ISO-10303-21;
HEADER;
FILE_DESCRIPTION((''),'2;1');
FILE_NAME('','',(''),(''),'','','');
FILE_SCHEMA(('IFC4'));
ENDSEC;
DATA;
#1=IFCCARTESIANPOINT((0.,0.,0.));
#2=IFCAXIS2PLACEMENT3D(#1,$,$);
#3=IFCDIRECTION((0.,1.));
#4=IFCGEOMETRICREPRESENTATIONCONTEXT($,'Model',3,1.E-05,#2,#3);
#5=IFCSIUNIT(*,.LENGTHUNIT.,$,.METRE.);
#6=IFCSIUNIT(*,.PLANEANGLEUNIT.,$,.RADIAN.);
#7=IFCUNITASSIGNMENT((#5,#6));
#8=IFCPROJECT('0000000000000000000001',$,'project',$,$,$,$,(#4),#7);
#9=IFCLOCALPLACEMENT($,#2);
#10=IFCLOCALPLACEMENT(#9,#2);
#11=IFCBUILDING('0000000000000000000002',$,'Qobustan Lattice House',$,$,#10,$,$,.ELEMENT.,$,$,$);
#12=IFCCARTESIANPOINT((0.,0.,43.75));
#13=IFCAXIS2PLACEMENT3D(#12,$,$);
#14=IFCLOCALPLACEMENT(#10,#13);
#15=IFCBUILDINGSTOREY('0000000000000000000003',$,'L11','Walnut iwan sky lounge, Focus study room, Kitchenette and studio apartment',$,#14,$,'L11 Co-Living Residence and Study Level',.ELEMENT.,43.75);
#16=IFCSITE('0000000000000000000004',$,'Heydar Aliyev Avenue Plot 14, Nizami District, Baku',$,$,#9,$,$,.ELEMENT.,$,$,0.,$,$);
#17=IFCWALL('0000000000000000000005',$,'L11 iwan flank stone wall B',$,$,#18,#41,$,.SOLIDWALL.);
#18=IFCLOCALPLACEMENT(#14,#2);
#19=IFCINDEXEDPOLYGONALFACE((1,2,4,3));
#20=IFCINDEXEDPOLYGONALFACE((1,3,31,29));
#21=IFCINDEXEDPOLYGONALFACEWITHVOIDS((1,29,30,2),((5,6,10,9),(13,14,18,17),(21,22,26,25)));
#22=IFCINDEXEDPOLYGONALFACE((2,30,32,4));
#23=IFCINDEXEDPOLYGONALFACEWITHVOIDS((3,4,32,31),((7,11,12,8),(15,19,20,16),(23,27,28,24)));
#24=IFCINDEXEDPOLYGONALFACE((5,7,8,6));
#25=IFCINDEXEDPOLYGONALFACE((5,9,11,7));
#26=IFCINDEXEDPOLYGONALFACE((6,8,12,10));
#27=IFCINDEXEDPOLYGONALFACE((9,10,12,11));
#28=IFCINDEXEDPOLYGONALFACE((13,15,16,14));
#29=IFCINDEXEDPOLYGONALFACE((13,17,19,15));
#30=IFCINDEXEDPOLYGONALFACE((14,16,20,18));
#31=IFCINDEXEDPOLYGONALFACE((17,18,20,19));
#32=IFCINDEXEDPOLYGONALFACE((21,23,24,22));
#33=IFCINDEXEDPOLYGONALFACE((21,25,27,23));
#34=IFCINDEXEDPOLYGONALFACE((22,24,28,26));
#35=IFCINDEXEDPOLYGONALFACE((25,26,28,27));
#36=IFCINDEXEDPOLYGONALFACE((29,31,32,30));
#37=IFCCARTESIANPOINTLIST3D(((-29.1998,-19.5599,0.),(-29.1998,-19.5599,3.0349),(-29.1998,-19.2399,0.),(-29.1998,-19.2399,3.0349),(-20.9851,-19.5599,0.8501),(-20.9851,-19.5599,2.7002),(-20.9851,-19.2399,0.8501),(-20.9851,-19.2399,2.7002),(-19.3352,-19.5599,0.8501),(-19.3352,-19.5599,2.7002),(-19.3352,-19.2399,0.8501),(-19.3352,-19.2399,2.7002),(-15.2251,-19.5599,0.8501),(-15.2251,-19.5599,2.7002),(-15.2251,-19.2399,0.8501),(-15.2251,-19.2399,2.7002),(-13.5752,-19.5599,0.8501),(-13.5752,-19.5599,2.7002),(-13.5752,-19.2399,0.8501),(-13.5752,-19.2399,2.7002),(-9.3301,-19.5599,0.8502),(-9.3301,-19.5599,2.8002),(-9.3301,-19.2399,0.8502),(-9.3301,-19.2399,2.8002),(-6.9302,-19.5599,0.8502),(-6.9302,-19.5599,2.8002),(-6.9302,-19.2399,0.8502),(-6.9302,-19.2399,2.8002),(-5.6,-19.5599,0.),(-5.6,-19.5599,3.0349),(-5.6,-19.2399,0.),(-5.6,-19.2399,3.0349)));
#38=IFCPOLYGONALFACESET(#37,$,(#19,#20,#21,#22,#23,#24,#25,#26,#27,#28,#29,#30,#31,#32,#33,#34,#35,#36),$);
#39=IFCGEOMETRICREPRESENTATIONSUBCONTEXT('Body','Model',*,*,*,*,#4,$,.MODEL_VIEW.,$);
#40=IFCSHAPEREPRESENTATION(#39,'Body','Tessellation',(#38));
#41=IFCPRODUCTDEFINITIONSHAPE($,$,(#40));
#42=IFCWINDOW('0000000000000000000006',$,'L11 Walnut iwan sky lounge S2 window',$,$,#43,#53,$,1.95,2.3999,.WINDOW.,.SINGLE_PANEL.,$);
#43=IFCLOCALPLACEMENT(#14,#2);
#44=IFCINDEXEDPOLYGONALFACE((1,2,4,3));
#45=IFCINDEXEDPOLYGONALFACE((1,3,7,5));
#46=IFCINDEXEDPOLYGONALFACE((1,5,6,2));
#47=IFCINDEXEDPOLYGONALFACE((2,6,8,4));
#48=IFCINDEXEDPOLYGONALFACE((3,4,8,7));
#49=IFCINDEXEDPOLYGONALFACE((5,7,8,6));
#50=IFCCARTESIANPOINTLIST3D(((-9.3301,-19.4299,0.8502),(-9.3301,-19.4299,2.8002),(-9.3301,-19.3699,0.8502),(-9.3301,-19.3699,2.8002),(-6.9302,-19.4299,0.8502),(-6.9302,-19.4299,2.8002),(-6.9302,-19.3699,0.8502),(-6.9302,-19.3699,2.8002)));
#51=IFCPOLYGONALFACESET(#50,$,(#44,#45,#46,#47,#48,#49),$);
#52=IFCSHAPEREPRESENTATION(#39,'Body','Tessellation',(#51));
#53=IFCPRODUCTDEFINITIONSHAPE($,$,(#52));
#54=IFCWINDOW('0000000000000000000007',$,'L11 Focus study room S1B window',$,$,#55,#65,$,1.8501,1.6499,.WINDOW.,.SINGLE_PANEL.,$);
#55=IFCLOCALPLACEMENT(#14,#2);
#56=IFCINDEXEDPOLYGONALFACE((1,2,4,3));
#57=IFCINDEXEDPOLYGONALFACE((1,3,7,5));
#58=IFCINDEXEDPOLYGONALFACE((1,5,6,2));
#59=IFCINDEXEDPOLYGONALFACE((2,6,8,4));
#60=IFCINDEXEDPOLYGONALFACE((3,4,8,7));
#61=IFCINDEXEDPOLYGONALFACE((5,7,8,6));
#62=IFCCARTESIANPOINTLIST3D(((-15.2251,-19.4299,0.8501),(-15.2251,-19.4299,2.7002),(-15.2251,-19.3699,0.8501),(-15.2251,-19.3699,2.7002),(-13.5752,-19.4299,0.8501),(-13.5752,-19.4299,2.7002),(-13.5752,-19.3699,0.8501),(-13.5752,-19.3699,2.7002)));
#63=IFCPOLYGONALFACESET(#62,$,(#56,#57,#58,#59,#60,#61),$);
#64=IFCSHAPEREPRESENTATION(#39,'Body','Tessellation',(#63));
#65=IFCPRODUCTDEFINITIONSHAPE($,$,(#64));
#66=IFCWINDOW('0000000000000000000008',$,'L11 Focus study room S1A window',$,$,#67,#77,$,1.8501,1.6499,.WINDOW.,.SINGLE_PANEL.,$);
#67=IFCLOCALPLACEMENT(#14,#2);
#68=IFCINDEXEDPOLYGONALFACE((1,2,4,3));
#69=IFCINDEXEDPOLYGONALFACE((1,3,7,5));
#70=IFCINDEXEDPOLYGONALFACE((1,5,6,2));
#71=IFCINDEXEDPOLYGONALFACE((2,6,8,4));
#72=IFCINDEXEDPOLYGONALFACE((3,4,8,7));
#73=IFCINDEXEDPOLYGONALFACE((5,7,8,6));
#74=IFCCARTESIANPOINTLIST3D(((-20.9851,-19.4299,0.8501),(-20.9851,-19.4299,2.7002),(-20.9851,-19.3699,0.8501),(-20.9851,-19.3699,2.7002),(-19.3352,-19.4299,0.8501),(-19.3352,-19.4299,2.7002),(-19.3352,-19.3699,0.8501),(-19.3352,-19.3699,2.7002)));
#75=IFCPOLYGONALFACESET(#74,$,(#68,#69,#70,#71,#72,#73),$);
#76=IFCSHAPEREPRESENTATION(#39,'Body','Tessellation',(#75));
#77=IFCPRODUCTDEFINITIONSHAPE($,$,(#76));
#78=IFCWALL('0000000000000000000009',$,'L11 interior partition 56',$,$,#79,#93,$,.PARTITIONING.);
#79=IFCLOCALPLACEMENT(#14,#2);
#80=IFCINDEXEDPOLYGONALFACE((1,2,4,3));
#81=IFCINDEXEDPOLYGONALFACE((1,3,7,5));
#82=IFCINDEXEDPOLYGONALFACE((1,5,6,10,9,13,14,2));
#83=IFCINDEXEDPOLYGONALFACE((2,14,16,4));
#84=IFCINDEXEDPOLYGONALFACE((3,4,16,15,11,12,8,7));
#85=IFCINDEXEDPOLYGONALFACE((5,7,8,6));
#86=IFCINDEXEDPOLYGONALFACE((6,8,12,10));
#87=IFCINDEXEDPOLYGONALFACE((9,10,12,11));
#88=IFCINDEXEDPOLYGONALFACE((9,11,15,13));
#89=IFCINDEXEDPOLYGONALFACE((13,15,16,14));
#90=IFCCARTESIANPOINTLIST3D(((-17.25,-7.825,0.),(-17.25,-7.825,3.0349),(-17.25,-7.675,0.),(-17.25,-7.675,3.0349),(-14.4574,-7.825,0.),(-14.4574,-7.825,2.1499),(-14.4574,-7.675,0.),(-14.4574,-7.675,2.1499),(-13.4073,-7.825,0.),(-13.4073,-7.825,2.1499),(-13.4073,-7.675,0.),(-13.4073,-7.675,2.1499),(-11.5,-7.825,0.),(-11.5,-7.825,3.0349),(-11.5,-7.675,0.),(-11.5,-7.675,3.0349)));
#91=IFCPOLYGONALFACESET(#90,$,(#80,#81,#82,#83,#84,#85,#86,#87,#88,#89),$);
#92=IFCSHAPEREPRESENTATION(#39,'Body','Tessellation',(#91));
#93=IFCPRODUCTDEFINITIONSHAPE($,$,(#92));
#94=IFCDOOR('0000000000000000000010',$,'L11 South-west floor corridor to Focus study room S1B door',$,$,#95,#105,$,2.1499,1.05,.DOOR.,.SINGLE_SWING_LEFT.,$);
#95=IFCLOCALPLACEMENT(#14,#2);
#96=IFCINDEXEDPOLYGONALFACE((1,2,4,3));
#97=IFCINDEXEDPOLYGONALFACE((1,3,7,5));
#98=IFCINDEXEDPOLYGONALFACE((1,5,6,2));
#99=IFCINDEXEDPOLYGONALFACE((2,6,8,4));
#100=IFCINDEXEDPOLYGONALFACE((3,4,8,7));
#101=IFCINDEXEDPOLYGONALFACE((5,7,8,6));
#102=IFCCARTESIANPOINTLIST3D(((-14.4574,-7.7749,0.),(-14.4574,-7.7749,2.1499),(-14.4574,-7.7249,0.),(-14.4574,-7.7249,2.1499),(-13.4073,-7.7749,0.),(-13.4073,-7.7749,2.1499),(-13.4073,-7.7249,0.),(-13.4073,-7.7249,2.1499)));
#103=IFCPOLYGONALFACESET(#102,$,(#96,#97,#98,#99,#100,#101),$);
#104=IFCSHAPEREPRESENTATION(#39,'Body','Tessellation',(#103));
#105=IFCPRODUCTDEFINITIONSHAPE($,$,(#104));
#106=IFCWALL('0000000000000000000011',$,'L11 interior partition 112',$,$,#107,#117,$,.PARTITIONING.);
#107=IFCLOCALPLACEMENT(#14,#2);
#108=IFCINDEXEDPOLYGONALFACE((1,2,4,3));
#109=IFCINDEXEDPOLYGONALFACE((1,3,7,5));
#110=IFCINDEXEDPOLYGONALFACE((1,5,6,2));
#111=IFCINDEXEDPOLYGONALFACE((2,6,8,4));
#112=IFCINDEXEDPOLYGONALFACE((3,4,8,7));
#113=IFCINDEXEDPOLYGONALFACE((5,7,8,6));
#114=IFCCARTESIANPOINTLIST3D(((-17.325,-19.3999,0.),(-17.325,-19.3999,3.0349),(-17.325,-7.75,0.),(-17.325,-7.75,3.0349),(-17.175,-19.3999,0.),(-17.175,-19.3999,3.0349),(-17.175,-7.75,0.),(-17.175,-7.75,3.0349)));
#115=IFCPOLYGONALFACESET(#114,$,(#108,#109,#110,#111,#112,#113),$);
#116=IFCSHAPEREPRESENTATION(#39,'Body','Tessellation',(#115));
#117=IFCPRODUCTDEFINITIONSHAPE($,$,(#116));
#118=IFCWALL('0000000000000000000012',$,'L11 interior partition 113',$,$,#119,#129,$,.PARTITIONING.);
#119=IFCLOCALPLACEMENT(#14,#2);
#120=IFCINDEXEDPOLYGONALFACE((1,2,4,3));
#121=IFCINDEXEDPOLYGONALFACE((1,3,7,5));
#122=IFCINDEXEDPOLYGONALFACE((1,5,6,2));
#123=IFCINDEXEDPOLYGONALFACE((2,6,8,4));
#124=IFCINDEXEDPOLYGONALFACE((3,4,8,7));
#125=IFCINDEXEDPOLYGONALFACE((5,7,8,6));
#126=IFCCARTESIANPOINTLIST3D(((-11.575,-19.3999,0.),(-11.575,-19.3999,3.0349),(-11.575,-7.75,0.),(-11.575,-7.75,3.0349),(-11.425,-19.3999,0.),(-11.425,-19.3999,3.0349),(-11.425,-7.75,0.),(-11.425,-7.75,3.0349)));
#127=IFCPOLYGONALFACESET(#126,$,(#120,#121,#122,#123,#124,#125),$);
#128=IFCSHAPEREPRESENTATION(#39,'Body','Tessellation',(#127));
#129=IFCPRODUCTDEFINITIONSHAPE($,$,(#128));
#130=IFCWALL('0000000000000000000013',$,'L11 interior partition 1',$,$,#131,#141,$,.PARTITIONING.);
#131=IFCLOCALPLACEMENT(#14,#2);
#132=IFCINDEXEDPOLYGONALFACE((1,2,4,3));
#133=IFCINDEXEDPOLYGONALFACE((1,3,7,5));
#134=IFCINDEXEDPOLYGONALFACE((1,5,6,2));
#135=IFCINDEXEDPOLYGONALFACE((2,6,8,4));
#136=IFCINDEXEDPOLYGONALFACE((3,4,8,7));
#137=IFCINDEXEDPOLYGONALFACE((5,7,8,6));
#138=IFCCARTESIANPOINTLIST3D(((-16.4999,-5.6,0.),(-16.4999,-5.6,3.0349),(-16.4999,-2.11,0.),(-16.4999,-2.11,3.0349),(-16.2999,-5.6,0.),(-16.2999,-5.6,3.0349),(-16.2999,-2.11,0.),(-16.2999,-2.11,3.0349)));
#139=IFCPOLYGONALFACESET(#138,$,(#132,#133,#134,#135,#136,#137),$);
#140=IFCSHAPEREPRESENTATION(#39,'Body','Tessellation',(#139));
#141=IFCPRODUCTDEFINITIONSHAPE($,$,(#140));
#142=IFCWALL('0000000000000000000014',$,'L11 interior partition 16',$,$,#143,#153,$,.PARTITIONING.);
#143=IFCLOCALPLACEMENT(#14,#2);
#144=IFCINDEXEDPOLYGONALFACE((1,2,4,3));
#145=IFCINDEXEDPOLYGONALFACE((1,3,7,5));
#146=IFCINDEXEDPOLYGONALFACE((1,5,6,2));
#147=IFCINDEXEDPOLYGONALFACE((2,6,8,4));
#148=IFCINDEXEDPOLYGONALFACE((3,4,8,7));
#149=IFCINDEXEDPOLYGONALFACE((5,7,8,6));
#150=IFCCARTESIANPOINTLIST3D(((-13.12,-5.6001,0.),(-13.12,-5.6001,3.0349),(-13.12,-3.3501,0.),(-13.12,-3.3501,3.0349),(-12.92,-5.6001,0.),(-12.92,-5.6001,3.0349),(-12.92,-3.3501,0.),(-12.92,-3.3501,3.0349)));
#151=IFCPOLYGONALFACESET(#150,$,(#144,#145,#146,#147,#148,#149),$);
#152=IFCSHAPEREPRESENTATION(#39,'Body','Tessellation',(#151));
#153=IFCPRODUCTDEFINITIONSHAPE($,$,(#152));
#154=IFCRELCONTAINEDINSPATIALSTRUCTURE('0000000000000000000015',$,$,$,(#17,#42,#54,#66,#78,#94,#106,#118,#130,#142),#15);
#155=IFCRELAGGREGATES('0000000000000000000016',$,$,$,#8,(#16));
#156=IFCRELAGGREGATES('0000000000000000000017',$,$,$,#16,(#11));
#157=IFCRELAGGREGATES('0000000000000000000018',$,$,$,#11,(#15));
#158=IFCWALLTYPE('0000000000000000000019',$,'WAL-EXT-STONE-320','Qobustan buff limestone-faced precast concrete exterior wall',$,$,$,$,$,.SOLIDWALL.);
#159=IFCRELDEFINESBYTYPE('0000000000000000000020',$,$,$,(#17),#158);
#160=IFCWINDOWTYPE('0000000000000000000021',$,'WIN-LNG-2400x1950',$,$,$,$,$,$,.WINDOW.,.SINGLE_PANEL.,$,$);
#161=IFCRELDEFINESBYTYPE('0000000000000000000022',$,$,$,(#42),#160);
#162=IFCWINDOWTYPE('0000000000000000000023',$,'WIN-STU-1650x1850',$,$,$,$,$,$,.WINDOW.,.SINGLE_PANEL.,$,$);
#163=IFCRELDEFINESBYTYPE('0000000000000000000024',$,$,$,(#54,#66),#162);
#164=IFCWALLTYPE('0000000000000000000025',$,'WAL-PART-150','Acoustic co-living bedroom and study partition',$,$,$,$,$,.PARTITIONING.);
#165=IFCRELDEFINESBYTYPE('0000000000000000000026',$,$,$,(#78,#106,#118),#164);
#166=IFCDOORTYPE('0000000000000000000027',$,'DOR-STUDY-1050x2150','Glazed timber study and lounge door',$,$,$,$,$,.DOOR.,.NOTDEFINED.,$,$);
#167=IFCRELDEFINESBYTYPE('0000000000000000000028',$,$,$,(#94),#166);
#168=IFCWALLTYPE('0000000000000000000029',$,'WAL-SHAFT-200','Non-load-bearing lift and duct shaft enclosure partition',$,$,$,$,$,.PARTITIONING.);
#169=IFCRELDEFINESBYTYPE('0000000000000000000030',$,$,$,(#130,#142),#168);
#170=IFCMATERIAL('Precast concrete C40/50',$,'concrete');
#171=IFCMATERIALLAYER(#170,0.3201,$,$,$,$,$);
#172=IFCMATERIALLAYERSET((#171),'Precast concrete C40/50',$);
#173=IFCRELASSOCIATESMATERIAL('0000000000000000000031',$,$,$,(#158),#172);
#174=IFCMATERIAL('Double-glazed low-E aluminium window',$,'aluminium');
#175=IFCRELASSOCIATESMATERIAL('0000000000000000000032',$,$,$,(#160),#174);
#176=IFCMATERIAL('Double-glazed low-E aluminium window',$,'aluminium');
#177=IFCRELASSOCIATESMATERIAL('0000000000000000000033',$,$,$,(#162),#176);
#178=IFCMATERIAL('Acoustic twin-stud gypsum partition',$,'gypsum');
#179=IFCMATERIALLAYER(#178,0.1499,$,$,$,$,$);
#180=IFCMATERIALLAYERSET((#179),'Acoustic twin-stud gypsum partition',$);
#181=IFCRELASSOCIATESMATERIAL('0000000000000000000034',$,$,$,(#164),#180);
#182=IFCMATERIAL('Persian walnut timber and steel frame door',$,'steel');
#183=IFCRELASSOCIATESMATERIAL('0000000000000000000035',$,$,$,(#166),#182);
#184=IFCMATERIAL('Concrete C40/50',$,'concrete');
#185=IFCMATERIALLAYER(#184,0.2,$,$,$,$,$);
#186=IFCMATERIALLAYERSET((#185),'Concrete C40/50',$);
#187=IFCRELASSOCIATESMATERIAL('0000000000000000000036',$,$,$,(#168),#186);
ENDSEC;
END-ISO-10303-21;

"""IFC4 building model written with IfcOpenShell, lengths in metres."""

from ifc_helpers import new_model, si_unit, direction, frame, frame_2d, origin, place, context, subcontext, project, spatial, rectangle, extrude, material, layer, layer_set, type_object, element, fill, save


model = new_model("IFC4")

# Units and contexts
model_context = context("Model", 3, precision=1e-05, world=origin(), true_north=direction((0.0, 1.0)))
body_context = subcontext(model_context, "Body", "Model", "MODEL_VIEW")
ifc_project = project(units=[si_unit("LENGTHUNIT", "METRE"), si_unit("PLANEANGLEUNIT", "RADIAN")], contexts=[model_context])

# Site, building, storey
site_placement = place(None, origin())
site = spatial("IfcSite", under=ifc_project, at=site_placement, Name="Heydar Aliyev Avenue Plot 14, Nizami District, Baku", CompositionType="ELEMENT", RefElevation=0.0)
building_placement = place(site_placement, origin())
building = spatial("IfcBuilding", under=site, at=building_placement, Name="Qobustan Lattice House", CompositionType="ELEMENT")
storey_placement = place(building_placement, frame((0.0, 0.0, 43.75)))
storey = spatial("IfcBuildingStorey", under=building, at=storey_placement, Name="L11", Description="Walnut iwan sky lounge, Focus study room, Kitchenette and studio apartment", LongName="L11 Co-Living Residence and Study Level", CompositionType="ELEMENT", Elevation=43.75)

# Wall, openings, windows
ifc_material_1 = material(Name="Precast concrete C40/50", Category="concrete")
ifc_layer_1 = layer(ifc_material_1, 0.3201)
ifc_layer_set_1 = layer_set([ifc_layer_1], Name="Precast concrete C40/50")
wall_type_1 = type_object("IfcWallType", Name="WAL-EXT-STONE-320", Description="Qobustan buff limestone-faced precast concrete exterior wall", PredefinedType="SOLIDWALL", material=ifc_layer_set_1)
wall_1_placement = place(storey_placement, frame((-5.6001, -19.3999, 0.0), z_axis=(0.0, 0.0, 1.0), x_axis=(-1.0, 0.0, 0.0)))
wall_1 = element("IfcWall", 1, at=wall_1_placement, inside=storey, type_object=wall_type_1, Name="L11 iwan flank stone wall B", PredefinedType="SOLIDWALL", context=body_context, shape_type="SweptSolid", body=[
    extrude(rectangle(XDim=23.5999, YDim=0.3201, at=frame_2d((11.7998, 0.0))), origin(), (0.0, 0.0, 1.0), 3.0349),
])
opening_1_placement = place(wall_1_placement, frame((1.3301, 0.0, 0.8501)))
opening_1 = element("IfcOpeningElement", 2, at=opening_1_placement, cuts=wall_1, PredefinedType="OPENING", context=body_context, shape_type="SweptSolid", body=[
    extrude(rectangle(XDim=2.3999, YDim=1.95, at=frame_2d((1.2, 0.9751))), frame((0.0, 0.1699, 0.0), z_axis=(0.0, -1.0, 0.0), x_axis=(1.0, 0.0, 0.0)), (0.0, 0.0, 1.0), 0.3401),
])
opening_2_placement = place(wall_1_placement, frame((7.9751, 0.0, 0.8501)))
opening_2 = element("IfcOpeningElement", 3, at=opening_2_placement, cuts=wall_1, PredefinedType="OPENING", context=body_context, shape_type="SweptSolid", body=[
    extrude(rectangle(XDim=1.6499, YDim=1.8501, at=frame_2d((0.825, 0.925))), frame((0.0, 0.1699, 0.0), z_axis=(0.0, -1.0, 0.0), x_axis=(1.0, 0.0, 0.0)), (0.0, 0.0, 1.0), 0.3401),
])
opening_3_placement = place(wall_1_placement, frame((13.7351, 0.0, 0.8501)))
opening_3 = element("IfcOpeningElement", 4, at=opening_3_placement, cuts=wall_1, PredefinedType="OPENING", context=body_context, shape_type="SweptSolid", body=[
    extrude(rectangle(XDim=1.6499, YDim=1.8501, at=frame_2d((0.825, 0.925))), frame((0.0, 0.1699, 0.0), z_axis=(0.0, -1.0, 0.0), x_axis=(1.0, 0.0, 0.0)), (0.0, 0.0, 1.0), 0.3401),
])
ifc_material_2 = material(Name="Double-glazed low-E aluminium window", Category="aluminium")
window_type_1 = type_object("IfcWindowType", Name="WIN-LNG-2400x1950", PartitioningType="SINGLE_PANEL", PredefinedType="WINDOW", material=ifc_material_2)
window_1_placement = place(opening_1_placement, origin())
window_1 = element("IfcWindow", 5, at=window_1_placement, inside=storey, type_object=window_type_1, Name="L11 Walnut iwan sky lounge S2 window", OverallHeight=1.95, OverallWidth=2.3999, PartitioningType="SINGLE_PANEL", PredefinedType="WINDOW", context=body_context, shape_type="SweptSolid", body=[
    extrude(rectangle(XDim=2.3999, YDim=1.95, at=frame_2d((1.2, 0.9751))), frame((0.0, 0.03, 0.0), z_axis=(0.0, -1.0, 0.0), x_axis=(1.0, 0.0, 0.0)), (0.0, 0.0, 1.0), 0.0601),
])
fill(opening_1, window_1)
ifc_material_3 = material(Name="Double-glazed low-E aluminium window", Category="aluminium")
window_type_2 = type_object("IfcWindowType", Name="WIN-STU-1650x1850", PartitioningType="SINGLE_PANEL", PredefinedType="WINDOW", material=ifc_material_3)
window_2_placement = place(opening_2_placement, origin())
window_2 = element("IfcWindow", 6, at=window_2_placement, inside=storey, type_object=window_type_2, Name="L11 Focus study room S1B window", OverallHeight=1.8501, OverallWidth=1.6499, PartitioningType="SINGLE_PANEL", PredefinedType="WINDOW", context=body_context, shape_type="SweptSolid", body=[
    extrude(rectangle(XDim=1.6499, YDim=1.8501, at=frame_2d((0.825, 0.925))), frame((0.0, 0.03, 0.0), z_axis=(0.0, -1.0, 0.0), x_axis=(1.0, 0.0, 0.0)), (0.0, 0.0, 1.0), 0.0601),
])
fill(opening_2, window_2)
window_3_placement = place(opening_3_placement, origin())
window_3 = element("IfcWindow", 7, at=window_3_placement, inside=storey, type_object=window_type_2, Name="L11 Focus study room S1A window", OverallHeight=1.8501, OverallWidth=1.6499, PartitioningType="SINGLE_PANEL", PredefinedType="WINDOW", context=body_context, shape_type="SweptSolid", body=[
    extrude(rectangle(XDim=1.6499, YDim=1.8501, at=frame_2d((0.825, 0.925))), frame((0.0, 0.03, 0.0), z_axis=(0.0, -1.0, 0.0), x_axis=(1.0, 0.0, 0.0)), (0.0, 0.0, 1.0), 0.0601),
])
fill(opening_3, window_3)

# Wall, opening, door
ifc_material_4 = material(Name="Acoustic twin-stud gypsum partition", Category="gypsum")
ifc_layer_2 = layer(ifc_material_4, 0.1499)
ifc_layer_set_2 = layer_set([ifc_layer_2], Name="Acoustic twin-stud gypsum partition")
wall_type_2 = type_object("IfcWallType", Name="WAL-PART-150", Description="Acoustic co-living bedroom and study partition", PredefinedType="PARTITIONING", material=ifc_layer_set_2)
wall_2_placement = place(storey_placement, frame((-11.5, -7.75, 0.0), z_axis=(0.0, 0.0, 1.0), x_axis=(-1.0, 0.0, 0.0)))
wall_2 = element("IfcWall", 8, at=wall_2_placement, inside=storey, type_object=wall_type_2, Name="L11 interior partition 56", PredefinedType="PARTITIONING", context=body_context, shape_type="SweptSolid", body=[
    extrude(rectangle(XDim=5.75, YDim=0.1499, at=frame_2d((2.875, 0.0))), origin(), (0.0, 0.0, 1.0), 3.0349),
])
opening_4_placement = place(wall_2_placement, frame((1.9075, 0.0, 0.0)))
opening_4 = element("IfcOpeningElement", 9, at=opening_4_placement, cuts=wall_2, PredefinedType="OPENING", context=body_context, shape_type="SweptSolid", body=[
    extrude(rectangle(XDim=1.05, YDim=2.1499, at=frame_2d((0.5249, 1.075))), frame((0.0, 0.085, 0.0), z_axis=(0.0, -1.0, 0.0), x_axis=(1.0, 0.0, 0.0)), (0.0, 0.0, 1.0), 0.1699),
])
ifc_material_5 = material(Name="Persian walnut timber and steel frame door", Category="steel")
door_type = type_object("IfcDoorType", Name="DOR-STUDY-1050x2150", Description="Glazed timber study and lounge door", OperationType="NOTDEFINED", PredefinedType="DOOR", material=ifc_material_5)
door_placement = place(opening_4_placement, origin())
door = element("IfcDoor", 10, at=door_placement, inside=storey, type_object=door_type, Name="L11 South-west floor corridor to Focus study room S1B door", OperationType="SINGLE_SWING_LEFT", OverallHeight=2.1499, OverallWidth=1.05, PredefinedType="DOOR", context=body_context, shape_type="SweptSolid", body=[
    extrude(rectangle(XDim=1.05, YDim=2.1499, at=frame_2d((0.5249, 1.075))), frame((0.0, 0.0249, 0.0), z_axis=(0.0, -1.0, 0.0), x_axis=(1.0, 0.0, 0.0)), (0.0, 0.0, 1.0), 0.05),
])
fill(opening_4, door)

# Walls
for number, where, z_axis, x_axis, name in (
    (11, (-17.25, -7.75, 0.0), (0.0, 0.0, 1.0), (0.0, -1.0, 0.0), "L11 interior partition 112"),
    (12, (-11.5, -7.75, 0.0), (0.0, 0.0, 1.0), (0.0, -1.0, 0.0), "L11 interior partition 113"),
):
    element("IfcWall", number, at=place(storey_placement, frame(where, z_axis=z_axis, x_axis=x_axis)), inside=storey, type_object=wall_type_2, Name=name, PredefinedType="PARTITIONING", context=body_context, shape_type="SweptSolid", body=[
        extrude(rectangle(XDim=11.6499, YDim=0.1499, at=frame_2d((5.825, 0.0))), origin(), (0.0, 0.0, 1.0), 3.0349),
    ])
ifc_material_6 = material(Name="Concrete C40/50", Category="concrete")
ifc_layer_3 = layer(ifc_material_6, 0.2)
ifc_layer_set_3 = layer_set([ifc_layer_3], Name="Concrete C40/50")
wall_type_3 = type_object("IfcWallType", Name="WAL-SHAFT-200", Description="Non-load-bearing lift and duct shaft enclosure partition", PredefinedType="PARTITIONING", material=ifc_layer_set_3)
wall_3_placement = place(storey_placement, frame((-16.3999, -5.6001, 0.0), z_axis=(0.0, 0.0, 1.0), x_axis=(0.0, 1.0, 0.0)))
element("IfcWall", 13, at=wall_3_placement, inside=storey, type_object=wall_type_3, Name="L11 interior partition 1", PredefinedType="PARTITIONING", context=body_context, shape_type="SweptSolid", body=[
    extrude(rectangle(XDim=3.49, YDim=0.2, at=frame_2d((1.7451, 0.0))), origin(), (0.0, 0.0, 1.0), 3.0349),
])
wall_4_placement = place(storey_placement, frame((-13.02, -5.6001, 0.0), z_axis=(0.0, 0.0, 1.0), x_axis=(0.0, 1.0, 0.0)))
element("IfcWall", 14, at=wall_4_placement, inside=storey, type_object=wall_type_3, Name="L11 interior partition 16", PredefinedType="PARTITIONING", context=body_context, shape_type="SweptSolid", body=[
    extrude(rectangle(XDim=2.25, YDim=0.2, at=frame_2d((1.125, 0.0))), origin(), (0.0, 0.0, 1.0), 3.0349),
])

save(model, "model.ifc")
